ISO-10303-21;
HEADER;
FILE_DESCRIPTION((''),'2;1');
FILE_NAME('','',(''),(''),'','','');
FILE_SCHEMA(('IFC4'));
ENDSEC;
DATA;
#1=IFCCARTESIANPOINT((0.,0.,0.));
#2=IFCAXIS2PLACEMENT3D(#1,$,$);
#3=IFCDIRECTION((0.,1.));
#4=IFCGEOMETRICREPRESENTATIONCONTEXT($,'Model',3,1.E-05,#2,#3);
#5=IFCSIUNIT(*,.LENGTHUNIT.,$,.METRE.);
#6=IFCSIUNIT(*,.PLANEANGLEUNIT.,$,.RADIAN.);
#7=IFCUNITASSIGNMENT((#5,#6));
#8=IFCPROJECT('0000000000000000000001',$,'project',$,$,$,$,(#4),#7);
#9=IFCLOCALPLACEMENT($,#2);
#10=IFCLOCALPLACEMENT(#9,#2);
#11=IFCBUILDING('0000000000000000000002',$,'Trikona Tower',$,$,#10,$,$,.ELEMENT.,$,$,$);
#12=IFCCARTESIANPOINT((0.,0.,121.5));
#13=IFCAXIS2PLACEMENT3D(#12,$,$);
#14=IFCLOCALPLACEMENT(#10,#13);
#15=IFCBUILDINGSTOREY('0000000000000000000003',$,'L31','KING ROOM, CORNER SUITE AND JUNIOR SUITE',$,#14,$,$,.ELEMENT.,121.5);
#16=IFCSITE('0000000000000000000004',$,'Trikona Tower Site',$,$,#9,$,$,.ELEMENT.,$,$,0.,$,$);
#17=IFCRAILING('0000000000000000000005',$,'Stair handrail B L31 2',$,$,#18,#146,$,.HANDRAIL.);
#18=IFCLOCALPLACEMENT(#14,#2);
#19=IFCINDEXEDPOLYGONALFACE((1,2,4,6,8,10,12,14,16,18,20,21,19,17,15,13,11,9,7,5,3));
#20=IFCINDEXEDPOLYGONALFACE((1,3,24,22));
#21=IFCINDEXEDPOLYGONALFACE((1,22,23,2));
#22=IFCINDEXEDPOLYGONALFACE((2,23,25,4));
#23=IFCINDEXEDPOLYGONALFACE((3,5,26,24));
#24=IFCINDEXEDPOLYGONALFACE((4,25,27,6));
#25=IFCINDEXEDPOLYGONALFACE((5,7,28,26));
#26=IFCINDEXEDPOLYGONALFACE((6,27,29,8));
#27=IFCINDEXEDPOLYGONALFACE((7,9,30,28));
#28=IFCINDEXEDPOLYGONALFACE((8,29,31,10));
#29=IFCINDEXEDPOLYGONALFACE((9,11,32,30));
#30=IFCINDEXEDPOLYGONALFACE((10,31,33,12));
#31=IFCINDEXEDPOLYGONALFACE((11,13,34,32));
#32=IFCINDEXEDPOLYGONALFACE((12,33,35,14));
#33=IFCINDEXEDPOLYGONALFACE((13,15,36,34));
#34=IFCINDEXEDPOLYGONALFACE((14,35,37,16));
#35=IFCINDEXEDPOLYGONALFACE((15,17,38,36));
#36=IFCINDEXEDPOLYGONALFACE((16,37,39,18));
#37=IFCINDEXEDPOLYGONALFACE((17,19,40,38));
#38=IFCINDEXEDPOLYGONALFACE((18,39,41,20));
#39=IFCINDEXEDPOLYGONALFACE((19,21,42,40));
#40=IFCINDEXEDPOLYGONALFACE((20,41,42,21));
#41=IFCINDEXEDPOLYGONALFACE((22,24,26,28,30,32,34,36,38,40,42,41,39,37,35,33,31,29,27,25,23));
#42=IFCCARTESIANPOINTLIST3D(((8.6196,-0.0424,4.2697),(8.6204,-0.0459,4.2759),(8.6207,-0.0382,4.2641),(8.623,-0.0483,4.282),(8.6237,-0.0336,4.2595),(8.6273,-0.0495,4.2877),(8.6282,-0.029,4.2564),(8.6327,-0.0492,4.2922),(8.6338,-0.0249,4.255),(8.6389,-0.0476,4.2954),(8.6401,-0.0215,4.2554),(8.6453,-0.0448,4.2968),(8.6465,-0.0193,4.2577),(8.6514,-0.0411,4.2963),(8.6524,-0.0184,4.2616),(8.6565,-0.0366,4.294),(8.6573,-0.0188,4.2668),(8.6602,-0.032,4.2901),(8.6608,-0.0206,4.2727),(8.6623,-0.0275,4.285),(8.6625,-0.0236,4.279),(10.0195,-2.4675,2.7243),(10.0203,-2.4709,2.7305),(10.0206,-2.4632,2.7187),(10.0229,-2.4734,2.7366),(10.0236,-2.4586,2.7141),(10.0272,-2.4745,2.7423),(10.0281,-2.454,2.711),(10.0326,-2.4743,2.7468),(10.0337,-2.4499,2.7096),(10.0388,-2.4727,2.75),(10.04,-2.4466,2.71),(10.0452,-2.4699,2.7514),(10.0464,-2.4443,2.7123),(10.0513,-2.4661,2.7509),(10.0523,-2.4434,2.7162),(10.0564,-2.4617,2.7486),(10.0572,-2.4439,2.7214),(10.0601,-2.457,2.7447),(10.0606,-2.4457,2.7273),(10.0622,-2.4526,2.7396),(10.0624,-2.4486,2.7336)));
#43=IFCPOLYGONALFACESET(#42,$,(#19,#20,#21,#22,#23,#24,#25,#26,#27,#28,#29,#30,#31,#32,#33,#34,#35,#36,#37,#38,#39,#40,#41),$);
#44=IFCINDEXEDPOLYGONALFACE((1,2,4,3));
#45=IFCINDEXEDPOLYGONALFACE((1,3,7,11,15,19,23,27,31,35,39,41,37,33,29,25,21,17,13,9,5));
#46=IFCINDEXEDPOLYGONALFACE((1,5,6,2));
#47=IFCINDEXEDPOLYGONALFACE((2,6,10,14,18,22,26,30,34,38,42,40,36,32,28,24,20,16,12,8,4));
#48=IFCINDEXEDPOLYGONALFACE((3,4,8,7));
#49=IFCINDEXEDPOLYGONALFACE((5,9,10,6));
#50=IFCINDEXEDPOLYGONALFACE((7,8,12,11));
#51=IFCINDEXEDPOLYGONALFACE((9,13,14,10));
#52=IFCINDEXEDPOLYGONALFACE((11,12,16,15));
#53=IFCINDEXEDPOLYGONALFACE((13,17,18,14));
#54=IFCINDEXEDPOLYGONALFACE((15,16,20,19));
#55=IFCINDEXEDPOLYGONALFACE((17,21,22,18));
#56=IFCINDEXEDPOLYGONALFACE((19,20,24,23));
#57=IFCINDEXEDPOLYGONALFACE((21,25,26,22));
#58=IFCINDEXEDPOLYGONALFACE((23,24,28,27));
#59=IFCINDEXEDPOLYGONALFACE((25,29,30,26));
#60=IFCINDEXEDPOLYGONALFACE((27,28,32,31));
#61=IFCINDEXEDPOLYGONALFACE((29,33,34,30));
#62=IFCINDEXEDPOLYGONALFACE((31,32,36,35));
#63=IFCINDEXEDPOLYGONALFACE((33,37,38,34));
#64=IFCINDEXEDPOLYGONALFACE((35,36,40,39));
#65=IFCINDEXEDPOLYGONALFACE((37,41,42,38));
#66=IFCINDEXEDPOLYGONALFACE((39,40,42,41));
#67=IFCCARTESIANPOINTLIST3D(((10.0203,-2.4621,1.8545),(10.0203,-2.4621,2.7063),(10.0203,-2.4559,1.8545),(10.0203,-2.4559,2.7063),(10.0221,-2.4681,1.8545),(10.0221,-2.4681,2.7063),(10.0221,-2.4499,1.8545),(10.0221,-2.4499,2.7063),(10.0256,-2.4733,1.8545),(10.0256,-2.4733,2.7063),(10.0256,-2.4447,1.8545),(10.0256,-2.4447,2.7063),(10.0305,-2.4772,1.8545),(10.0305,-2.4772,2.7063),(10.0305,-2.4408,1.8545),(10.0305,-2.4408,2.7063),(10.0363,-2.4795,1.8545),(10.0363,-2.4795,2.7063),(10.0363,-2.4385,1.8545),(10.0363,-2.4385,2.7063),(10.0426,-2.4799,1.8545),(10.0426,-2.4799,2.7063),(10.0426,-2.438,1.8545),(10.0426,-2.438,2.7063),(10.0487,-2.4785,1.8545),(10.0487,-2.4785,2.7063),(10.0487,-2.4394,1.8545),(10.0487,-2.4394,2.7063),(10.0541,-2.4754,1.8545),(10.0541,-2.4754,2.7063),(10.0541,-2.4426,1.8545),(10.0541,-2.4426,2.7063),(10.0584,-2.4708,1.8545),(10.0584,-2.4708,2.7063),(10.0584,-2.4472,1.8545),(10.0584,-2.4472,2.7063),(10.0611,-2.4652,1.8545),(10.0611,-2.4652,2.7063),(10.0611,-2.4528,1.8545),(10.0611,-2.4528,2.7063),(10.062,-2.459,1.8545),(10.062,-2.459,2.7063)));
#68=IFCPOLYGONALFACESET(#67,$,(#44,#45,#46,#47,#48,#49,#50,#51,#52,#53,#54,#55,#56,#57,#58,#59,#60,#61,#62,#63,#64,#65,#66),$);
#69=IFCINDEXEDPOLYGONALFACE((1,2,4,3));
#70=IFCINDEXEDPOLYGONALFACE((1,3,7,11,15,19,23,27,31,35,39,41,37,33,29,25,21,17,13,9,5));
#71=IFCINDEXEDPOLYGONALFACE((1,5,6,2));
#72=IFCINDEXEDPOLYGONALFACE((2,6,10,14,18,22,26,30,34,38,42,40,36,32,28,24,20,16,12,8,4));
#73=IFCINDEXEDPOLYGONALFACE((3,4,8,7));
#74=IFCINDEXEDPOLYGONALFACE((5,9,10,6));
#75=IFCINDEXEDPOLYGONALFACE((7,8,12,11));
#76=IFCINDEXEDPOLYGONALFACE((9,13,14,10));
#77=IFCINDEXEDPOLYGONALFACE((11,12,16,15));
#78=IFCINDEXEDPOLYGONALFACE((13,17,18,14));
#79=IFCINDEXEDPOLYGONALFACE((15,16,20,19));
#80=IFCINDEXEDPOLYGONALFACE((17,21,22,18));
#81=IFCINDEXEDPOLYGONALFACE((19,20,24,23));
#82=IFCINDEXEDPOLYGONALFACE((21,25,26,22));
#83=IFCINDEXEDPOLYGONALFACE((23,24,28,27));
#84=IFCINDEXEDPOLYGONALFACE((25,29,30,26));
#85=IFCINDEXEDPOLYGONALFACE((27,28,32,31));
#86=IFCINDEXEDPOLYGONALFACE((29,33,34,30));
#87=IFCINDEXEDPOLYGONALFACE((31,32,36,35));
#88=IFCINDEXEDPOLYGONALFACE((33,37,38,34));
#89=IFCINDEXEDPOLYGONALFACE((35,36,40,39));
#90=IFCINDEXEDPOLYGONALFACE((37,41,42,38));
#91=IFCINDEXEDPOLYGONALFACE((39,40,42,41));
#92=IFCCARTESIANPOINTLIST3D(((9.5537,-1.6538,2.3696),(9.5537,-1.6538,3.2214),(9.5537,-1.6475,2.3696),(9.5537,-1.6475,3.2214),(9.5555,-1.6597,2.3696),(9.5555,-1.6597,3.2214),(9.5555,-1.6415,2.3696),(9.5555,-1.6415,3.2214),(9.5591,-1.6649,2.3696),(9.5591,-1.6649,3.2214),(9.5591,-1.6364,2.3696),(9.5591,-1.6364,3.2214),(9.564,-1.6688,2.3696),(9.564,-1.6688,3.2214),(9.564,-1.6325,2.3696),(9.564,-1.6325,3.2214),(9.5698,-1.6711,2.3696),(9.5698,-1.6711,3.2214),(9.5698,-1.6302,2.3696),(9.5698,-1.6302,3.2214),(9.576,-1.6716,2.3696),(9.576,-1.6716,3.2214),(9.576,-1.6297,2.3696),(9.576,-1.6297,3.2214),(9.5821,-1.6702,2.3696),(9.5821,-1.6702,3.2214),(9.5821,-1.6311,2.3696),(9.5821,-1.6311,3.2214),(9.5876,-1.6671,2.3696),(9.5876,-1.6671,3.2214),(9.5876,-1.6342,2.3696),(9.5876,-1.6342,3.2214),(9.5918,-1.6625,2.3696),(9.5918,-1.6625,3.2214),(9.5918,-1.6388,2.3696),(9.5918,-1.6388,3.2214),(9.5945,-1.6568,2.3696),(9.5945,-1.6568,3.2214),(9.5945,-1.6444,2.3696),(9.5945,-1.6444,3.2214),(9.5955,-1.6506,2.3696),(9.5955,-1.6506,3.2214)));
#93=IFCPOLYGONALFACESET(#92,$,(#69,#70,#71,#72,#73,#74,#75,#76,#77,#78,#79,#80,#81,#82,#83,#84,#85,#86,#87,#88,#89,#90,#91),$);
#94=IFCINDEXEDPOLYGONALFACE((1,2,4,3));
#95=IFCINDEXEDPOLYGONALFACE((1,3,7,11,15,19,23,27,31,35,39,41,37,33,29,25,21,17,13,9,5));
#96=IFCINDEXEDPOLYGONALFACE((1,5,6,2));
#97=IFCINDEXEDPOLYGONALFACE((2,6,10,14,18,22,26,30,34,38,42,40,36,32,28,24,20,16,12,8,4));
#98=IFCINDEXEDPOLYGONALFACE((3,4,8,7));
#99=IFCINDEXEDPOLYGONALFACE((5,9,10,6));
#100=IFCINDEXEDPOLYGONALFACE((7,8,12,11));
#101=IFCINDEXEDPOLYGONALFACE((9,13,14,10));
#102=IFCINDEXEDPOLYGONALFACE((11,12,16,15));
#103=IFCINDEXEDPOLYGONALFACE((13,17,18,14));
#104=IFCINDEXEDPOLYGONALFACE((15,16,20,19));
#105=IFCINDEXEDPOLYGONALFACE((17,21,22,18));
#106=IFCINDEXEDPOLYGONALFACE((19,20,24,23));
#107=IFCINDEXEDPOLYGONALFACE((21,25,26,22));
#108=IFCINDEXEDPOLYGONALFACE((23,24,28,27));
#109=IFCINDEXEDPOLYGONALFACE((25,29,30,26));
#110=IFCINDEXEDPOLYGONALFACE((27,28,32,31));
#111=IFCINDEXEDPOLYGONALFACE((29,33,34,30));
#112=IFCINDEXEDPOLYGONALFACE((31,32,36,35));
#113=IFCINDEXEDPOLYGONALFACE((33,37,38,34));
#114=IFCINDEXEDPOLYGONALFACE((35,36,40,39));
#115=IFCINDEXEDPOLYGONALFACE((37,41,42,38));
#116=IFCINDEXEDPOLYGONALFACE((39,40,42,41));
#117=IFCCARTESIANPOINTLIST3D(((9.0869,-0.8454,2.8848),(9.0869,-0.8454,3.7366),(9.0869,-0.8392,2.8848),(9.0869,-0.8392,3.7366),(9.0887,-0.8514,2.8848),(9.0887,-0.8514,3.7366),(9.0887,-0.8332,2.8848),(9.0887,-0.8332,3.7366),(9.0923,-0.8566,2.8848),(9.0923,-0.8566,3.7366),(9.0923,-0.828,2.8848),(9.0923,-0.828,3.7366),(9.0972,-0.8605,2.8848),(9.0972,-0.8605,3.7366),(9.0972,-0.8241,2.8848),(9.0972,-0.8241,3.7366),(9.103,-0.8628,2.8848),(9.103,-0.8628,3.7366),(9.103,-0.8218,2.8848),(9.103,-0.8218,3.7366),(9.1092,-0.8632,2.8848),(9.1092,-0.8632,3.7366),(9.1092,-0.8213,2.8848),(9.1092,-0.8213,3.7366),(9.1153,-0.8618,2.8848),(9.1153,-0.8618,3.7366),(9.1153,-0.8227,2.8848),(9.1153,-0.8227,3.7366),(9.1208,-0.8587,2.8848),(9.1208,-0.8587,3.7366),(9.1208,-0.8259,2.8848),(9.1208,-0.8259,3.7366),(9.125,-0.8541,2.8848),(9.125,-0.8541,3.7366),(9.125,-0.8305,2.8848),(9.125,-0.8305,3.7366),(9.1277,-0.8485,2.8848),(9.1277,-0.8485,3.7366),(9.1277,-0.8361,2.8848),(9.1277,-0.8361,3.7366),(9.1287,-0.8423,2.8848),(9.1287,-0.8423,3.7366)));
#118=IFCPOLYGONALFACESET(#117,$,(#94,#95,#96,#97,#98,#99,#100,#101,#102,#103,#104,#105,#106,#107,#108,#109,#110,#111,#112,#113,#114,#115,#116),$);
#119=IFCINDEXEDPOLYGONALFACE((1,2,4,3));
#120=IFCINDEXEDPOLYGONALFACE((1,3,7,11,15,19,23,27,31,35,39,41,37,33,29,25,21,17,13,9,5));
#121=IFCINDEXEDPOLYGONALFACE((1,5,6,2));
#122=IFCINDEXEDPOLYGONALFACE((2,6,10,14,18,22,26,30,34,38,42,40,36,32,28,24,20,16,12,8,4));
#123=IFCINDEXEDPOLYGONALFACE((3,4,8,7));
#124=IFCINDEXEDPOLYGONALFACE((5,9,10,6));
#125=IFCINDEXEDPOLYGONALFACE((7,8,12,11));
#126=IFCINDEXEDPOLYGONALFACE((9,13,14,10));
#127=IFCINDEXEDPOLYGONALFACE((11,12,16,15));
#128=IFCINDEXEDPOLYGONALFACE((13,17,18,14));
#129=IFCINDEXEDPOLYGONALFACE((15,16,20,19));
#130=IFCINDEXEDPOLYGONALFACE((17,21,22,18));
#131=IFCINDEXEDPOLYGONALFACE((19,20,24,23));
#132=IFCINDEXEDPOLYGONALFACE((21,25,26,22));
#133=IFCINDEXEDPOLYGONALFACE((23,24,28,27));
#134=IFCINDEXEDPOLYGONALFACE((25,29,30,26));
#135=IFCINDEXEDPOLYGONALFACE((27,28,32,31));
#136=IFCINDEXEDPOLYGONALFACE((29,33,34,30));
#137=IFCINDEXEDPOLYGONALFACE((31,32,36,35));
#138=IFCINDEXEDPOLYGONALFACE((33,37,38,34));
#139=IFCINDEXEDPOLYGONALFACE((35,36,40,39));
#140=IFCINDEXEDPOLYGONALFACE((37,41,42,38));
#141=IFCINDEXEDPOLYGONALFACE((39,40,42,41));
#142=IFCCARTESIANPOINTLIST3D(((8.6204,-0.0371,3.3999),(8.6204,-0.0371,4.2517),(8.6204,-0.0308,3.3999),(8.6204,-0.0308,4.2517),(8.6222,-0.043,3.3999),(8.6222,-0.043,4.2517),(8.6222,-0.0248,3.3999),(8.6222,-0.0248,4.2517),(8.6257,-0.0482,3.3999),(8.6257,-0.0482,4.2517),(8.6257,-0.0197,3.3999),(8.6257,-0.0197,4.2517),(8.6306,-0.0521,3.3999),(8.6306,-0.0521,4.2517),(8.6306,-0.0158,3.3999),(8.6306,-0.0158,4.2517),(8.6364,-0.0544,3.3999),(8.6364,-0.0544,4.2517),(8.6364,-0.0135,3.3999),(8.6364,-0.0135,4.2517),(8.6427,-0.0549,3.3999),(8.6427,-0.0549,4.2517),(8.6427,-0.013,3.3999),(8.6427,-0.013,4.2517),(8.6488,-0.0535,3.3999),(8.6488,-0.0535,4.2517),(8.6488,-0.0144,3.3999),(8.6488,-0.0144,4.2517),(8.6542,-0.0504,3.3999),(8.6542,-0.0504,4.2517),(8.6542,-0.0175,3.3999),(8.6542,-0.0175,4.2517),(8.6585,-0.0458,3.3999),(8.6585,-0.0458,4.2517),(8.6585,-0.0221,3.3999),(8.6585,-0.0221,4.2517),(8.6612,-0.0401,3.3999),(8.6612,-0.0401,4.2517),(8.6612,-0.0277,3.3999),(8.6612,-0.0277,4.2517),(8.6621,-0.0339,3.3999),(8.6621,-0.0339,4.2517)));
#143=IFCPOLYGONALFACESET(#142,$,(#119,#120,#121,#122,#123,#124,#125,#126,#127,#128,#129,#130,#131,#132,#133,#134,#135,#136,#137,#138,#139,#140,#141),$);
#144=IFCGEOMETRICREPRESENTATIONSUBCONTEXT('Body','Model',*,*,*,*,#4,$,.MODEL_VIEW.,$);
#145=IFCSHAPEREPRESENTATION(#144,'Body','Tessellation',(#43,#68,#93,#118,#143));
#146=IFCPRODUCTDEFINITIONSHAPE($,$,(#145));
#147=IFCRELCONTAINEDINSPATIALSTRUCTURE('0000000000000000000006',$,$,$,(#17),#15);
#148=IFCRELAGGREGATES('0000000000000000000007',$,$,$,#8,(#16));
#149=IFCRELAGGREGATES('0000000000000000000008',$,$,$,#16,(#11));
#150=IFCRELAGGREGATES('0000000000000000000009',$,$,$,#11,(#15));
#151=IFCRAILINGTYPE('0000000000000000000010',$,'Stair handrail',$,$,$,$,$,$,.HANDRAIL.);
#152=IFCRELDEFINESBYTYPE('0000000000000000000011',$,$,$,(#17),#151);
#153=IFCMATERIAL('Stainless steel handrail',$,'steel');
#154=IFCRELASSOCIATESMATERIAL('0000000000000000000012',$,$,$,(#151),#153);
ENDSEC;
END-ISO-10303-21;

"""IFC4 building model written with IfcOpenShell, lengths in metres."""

from ifc_helpers import new_model, si_unit, direction, frame, origin, origin_2d, place, context, subcontext, project, spatial, circle, extrude, material, type_object, element, save


model = new_model("IFC4")

# Units and contexts
model_context = context("Model", 3, precision=1e-05, world=origin(), true_north=direction((0.0, 1.0)))
body_context = subcontext(model_context, "Body", "Model", "MODEL_VIEW")
ifc_project = project(units=[si_unit("LENGTHUNIT", "METRE"), si_unit("PLANEANGLEUNIT", "RADIAN")], contexts=[model_context])

# Site, building, storey
site_placement = place(None, origin())
site = spatial("IfcSite", under=ifc_project, at=site_placement, Name="Trikona Tower Site", CompositionType="ELEMENT", RefElevation=0.0)
building_placement = place(site_placement, origin())
building = spatial("IfcBuilding", under=site, at=building_placement, Name="Trikona Tower", CompositionType="ELEMENT")
storey_placement = place(building_placement, frame((0.0, 0.0, 121.5)))
storey = spatial("IfcBuildingStorey", under=building, at=storey_placement, Name="L31", Description="KING ROOM, CORNER SUITE AND JUNIOR SUITE", CompositionType="ELEMENT", Elevation=121.5)

# Railing
ifc_material_1 = material(Name="Stainless steel handrail", Category="steel")
railing_type = type_object("IfcRailingType", Name="Stair handrail", PredefinedType="HANDRAIL", material=ifc_material_1)
railing_placement = place(storey_placement, frame((10.041, -2.459, 1.8545)))
element("IfcRailing", 1, at=railing_placement, inside=storey, type_object=railing_type, Name="Stair handrail B L31 2", PredefinedType="HANDRAIL", context=body_context, shape_type="SweptSolid", body=[
    extrude(circle(Radius=0.0239, at=origin_2d()), frame((0.0, 0.0, 0.876), z_axis=(-0.437707, 0.75824, 0.483203), x_axis=(-0.866056, -0.499946, 0.0)), (0.0, 0.0, 1.0), 3.1982),
    extrude(circle(Radius=0.021, at=origin_2d()), origin(), (0.0, 0.0, 1.0), 0.8518),
    extrude(circle(Radius=0.021, at=origin_2d()), frame((-0.4666, 0.8083, 0.5151)), (0.0, 0.0, 1.0), 0.8518),
    extrude(circle(Radius=0.021, at=origin_2d()), frame((-0.9333, 1.6167, 1.0303)), (0.0, 0.0, 1.0), 0.8518),
    extrude(circle(Radius=0.021, at=origin_2d()), frame((-1.3999, 2.425, 1.5454)), (0.0, 0.0, 1.0), 0.8518),
])

save(model, "model.ifc")
